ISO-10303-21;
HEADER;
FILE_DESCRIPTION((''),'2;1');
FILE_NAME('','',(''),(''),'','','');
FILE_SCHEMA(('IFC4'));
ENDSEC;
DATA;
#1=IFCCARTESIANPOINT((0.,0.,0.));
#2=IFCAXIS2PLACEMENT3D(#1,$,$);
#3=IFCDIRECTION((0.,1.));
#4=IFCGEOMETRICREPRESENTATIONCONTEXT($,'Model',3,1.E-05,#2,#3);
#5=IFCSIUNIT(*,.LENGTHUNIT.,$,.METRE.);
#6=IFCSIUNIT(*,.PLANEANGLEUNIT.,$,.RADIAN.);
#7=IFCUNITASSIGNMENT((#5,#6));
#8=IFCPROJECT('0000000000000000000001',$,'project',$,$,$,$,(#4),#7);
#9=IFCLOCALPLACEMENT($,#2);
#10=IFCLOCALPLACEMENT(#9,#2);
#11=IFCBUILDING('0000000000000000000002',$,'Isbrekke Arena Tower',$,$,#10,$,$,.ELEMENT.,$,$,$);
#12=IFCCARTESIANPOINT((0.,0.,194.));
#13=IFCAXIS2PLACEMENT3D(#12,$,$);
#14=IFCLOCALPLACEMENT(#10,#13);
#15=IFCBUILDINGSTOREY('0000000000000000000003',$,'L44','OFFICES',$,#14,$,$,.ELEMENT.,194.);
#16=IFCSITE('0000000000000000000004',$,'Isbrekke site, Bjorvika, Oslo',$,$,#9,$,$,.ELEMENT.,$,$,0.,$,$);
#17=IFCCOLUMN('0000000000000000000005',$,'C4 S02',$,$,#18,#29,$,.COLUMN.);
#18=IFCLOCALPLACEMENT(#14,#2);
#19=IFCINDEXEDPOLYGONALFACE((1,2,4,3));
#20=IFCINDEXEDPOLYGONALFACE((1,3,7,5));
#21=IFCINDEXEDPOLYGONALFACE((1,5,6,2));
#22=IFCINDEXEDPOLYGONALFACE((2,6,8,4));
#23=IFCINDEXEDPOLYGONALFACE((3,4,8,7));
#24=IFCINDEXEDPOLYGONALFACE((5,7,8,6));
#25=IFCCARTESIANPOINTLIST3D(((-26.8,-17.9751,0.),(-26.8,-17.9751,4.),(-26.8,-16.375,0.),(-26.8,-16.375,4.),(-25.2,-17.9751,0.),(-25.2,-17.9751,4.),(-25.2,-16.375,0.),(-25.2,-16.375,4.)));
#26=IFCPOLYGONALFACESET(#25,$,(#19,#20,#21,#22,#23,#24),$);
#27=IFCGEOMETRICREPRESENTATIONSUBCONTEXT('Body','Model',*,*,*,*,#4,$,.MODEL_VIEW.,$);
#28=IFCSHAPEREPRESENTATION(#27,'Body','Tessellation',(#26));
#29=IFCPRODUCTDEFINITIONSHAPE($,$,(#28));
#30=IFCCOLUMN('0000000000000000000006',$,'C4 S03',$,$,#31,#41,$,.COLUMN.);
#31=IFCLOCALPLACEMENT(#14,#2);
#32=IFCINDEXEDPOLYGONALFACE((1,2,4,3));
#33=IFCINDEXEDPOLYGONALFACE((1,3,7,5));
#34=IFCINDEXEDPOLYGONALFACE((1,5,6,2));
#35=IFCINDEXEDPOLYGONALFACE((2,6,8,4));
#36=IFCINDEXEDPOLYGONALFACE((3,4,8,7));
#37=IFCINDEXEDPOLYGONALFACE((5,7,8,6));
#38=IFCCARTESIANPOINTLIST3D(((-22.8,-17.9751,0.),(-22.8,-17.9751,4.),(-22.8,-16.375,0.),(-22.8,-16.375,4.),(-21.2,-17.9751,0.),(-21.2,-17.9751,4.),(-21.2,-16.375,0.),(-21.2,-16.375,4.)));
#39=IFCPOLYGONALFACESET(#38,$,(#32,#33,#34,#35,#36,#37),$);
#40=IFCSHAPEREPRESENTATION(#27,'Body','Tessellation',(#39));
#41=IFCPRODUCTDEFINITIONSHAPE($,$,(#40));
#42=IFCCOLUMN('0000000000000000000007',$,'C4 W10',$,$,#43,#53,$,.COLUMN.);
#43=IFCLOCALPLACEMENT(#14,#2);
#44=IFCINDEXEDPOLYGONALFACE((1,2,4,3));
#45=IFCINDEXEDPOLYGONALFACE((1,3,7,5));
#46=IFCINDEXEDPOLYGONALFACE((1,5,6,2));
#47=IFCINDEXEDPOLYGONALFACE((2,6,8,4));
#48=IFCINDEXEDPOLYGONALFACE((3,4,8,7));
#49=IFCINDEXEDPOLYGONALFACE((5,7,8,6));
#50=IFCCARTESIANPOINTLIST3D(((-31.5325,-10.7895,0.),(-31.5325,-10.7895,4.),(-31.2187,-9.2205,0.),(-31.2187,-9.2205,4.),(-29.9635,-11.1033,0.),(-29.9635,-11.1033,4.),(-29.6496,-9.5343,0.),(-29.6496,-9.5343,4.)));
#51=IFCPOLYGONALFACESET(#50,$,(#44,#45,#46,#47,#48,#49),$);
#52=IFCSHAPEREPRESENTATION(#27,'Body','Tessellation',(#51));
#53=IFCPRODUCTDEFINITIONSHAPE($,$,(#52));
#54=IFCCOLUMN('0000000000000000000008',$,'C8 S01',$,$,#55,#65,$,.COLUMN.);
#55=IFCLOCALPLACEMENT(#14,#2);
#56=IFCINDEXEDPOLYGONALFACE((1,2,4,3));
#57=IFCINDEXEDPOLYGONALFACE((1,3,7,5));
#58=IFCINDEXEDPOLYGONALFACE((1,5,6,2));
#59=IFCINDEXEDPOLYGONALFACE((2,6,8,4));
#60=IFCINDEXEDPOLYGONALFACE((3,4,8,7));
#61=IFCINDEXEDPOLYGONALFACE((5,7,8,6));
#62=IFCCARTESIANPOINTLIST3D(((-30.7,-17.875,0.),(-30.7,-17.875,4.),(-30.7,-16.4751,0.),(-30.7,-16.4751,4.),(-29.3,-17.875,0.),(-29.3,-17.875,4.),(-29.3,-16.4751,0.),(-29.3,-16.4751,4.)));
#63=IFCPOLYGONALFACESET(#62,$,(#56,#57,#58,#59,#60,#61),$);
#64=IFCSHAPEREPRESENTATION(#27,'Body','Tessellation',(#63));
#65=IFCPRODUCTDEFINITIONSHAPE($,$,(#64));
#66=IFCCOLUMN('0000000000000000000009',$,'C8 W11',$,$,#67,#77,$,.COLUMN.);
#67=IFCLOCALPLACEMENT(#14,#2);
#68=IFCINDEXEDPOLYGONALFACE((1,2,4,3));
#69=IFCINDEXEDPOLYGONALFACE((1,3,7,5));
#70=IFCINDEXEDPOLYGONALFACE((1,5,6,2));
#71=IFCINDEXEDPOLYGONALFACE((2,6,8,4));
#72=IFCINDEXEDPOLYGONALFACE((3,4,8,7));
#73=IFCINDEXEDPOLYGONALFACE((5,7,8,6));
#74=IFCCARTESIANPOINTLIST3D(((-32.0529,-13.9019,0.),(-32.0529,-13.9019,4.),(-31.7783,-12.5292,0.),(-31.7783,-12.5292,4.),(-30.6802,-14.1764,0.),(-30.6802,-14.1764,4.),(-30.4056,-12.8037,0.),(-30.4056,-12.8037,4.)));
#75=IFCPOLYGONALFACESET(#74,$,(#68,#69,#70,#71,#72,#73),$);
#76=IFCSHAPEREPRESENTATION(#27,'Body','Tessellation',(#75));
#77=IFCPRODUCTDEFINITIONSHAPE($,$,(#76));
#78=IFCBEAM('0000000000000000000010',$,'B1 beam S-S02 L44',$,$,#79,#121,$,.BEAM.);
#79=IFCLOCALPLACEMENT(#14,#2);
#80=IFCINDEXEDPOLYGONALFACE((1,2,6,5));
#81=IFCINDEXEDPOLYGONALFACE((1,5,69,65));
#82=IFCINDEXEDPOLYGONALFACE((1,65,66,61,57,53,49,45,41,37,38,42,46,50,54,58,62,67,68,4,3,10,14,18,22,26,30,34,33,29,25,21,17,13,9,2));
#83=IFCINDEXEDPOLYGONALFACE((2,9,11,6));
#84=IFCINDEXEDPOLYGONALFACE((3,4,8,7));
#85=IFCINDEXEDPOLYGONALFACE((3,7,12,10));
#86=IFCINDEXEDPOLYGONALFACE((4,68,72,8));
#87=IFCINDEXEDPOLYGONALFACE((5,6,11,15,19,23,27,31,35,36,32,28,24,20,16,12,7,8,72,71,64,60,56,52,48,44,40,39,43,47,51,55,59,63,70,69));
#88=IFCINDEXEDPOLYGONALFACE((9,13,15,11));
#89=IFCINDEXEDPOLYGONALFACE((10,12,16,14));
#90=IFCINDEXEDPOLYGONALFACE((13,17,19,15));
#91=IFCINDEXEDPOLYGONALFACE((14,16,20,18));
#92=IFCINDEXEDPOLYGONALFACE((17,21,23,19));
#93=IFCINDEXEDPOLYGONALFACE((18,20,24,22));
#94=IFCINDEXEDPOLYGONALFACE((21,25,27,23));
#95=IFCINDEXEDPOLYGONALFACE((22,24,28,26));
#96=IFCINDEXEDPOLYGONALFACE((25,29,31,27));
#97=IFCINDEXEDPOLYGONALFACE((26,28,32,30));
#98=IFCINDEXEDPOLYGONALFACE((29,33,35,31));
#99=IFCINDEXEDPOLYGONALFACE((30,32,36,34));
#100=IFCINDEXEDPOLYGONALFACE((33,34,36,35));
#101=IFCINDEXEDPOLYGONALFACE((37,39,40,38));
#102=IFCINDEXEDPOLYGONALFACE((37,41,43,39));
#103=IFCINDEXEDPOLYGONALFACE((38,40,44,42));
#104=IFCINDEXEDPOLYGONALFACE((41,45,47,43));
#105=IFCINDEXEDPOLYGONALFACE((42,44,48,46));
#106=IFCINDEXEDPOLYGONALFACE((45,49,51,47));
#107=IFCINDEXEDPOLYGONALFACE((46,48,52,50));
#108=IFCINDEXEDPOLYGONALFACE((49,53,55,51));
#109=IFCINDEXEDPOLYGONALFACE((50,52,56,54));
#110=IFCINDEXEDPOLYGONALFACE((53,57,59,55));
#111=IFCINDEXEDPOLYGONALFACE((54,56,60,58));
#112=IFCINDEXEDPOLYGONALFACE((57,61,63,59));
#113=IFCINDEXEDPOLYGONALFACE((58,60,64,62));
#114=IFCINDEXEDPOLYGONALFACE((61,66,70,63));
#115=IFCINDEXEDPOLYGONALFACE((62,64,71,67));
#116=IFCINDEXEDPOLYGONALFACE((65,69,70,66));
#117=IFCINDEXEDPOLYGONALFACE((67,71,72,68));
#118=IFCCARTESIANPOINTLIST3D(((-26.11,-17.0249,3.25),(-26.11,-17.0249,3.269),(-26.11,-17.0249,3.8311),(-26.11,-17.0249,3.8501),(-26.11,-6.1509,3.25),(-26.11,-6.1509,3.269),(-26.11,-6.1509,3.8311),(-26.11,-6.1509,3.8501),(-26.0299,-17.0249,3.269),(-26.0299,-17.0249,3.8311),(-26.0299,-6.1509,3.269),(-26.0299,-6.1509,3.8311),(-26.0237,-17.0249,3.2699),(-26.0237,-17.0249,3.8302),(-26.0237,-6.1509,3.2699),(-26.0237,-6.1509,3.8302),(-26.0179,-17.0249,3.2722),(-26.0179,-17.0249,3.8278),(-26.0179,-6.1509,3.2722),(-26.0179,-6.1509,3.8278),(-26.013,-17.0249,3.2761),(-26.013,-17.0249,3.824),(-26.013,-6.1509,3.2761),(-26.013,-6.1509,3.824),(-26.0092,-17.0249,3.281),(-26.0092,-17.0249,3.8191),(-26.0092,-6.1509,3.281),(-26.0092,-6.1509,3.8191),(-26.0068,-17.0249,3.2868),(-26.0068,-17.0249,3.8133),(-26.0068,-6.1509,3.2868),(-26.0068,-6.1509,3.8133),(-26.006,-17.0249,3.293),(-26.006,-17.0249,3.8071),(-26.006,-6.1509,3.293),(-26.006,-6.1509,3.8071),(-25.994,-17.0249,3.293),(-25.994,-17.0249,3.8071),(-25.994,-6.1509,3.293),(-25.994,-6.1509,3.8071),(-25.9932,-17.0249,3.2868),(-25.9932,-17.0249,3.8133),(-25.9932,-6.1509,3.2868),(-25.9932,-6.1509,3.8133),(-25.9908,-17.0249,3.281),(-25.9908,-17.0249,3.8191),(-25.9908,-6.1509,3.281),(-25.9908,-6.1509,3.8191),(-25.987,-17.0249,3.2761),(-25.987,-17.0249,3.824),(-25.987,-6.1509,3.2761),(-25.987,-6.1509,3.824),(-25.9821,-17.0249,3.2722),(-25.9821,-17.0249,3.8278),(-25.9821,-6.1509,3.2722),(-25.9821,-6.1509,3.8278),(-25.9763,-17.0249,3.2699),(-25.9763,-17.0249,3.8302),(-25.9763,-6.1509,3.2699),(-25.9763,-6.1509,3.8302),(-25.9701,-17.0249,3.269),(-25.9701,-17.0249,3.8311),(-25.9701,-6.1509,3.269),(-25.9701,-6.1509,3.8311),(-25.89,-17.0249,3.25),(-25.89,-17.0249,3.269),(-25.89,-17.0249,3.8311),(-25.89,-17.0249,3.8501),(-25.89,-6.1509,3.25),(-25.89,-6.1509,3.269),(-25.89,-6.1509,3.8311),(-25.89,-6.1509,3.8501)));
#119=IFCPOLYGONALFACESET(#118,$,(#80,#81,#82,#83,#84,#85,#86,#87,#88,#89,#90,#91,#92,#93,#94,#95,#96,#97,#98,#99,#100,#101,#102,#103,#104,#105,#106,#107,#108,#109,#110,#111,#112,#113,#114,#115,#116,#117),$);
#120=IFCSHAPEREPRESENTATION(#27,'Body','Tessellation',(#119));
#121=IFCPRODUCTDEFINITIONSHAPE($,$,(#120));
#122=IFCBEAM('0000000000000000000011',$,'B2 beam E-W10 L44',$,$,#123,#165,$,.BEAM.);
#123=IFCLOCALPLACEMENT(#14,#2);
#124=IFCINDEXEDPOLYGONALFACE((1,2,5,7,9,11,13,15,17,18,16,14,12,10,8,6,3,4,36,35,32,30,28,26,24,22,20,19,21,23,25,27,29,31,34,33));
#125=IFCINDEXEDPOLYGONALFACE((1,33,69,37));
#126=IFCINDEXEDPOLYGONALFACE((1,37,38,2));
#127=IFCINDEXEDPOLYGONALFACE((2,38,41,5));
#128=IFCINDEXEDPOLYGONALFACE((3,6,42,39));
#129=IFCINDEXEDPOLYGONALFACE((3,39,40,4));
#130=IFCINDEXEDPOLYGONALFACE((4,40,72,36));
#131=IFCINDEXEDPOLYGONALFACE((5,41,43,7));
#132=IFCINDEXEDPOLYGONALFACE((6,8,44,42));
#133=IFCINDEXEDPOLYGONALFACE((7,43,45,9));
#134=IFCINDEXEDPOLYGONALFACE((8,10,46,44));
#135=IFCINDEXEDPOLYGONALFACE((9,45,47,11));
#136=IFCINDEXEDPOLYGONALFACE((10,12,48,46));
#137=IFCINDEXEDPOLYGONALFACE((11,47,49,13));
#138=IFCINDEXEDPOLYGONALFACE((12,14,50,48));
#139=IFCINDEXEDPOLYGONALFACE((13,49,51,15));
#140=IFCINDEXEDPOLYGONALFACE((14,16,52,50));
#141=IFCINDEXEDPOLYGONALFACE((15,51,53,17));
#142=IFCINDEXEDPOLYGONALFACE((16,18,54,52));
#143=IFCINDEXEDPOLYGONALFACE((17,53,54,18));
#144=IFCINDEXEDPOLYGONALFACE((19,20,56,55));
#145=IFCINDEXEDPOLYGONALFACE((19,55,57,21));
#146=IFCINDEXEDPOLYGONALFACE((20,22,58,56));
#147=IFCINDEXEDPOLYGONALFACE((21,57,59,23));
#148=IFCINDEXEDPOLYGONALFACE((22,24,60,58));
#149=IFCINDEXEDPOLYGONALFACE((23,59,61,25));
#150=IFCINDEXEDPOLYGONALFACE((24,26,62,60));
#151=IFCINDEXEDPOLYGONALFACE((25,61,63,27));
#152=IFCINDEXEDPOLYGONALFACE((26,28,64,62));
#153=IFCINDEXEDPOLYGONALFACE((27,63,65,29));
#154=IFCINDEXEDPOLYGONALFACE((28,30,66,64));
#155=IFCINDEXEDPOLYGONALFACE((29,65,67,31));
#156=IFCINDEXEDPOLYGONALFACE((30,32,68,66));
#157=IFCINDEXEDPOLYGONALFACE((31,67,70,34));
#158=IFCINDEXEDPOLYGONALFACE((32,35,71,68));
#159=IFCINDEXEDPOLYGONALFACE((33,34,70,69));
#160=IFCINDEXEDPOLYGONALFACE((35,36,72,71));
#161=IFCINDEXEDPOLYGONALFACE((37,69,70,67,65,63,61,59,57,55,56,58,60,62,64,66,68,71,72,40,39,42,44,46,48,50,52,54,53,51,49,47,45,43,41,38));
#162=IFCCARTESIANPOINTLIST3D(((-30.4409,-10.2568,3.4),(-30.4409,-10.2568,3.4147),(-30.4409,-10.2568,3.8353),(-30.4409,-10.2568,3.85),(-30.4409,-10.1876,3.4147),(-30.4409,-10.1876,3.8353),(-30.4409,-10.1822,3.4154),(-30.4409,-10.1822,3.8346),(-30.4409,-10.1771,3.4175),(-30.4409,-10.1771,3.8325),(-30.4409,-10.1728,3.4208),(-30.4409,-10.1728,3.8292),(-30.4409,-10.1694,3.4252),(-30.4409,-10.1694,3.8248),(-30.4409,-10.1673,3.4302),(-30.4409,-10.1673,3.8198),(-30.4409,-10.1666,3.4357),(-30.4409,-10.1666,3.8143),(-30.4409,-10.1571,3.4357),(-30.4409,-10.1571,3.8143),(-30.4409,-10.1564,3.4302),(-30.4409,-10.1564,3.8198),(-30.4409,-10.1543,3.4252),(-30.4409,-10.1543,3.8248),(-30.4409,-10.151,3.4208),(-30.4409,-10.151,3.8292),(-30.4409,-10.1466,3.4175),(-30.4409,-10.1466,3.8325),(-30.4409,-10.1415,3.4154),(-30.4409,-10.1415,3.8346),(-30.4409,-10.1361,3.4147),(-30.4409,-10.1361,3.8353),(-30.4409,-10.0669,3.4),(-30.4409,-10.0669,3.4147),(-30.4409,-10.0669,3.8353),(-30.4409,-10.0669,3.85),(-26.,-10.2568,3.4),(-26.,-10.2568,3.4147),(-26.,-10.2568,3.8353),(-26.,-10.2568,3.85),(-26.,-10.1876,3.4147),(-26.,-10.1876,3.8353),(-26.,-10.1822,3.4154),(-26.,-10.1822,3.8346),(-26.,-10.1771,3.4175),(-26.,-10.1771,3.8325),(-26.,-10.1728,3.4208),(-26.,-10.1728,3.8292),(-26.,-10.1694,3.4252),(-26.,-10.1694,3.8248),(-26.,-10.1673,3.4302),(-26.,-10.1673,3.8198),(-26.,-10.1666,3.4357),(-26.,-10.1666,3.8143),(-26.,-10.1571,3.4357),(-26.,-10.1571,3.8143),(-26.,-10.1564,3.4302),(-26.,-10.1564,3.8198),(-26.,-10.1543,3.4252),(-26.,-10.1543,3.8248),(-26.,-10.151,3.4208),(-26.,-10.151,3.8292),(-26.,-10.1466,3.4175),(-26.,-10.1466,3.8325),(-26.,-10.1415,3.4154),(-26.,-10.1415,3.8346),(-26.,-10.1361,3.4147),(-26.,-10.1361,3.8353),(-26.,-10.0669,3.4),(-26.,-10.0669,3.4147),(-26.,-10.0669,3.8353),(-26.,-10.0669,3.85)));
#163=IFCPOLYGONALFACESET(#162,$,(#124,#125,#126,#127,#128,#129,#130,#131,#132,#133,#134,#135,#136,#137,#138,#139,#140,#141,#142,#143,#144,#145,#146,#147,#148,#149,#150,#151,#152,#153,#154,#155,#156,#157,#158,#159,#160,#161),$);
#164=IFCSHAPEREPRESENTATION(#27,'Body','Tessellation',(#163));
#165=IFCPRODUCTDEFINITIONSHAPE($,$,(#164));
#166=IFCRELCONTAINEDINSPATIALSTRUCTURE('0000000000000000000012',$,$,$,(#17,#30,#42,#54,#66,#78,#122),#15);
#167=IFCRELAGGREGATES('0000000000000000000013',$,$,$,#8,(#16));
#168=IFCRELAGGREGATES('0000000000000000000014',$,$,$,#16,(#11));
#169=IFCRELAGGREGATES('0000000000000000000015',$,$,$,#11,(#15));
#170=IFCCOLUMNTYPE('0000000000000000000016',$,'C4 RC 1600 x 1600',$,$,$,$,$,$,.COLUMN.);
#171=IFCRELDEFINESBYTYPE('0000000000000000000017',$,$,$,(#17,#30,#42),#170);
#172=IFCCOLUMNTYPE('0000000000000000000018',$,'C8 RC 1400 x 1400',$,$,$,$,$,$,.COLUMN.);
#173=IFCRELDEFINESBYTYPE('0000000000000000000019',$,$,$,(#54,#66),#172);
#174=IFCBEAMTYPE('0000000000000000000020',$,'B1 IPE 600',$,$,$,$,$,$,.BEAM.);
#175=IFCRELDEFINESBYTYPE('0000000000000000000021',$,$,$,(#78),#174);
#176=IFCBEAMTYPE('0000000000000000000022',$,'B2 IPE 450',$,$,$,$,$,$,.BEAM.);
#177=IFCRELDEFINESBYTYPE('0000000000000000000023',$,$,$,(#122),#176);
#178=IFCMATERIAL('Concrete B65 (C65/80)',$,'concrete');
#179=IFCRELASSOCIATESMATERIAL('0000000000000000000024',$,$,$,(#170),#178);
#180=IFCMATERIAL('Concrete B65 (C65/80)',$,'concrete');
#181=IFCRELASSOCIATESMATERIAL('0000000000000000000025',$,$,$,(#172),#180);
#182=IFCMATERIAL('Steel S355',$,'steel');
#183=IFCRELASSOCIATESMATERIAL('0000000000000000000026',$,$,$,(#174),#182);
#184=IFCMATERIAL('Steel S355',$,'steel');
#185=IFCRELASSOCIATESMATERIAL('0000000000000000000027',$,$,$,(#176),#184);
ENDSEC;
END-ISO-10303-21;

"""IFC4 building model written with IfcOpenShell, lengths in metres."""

from ifc_helpers import new_model, si_unit, direction, frame, origin, origin_2d, place, context, subcontext, project, spatial, rectangle, i_section, extrude, material, material_profile, profile_set, type_object, element, save


model = new_model("IFC4")

# Units and contexts
model_context = context("Model", 3, precision=1e-05, world=origin(), true_north=direction((0.0, 1.0)))
body_context = subcontext(model_context, "Body", "Model", "MODEL_VIEW")
ifc_project = project(units=[si_unit("LENGTHUNIT", "METRE"), si_unit("PLANEANGLEUNIT", "RADIAN")], contexts=[model_context])

# Site, building, storey
site_placement = place(None, origin())
site = spatial("IfcSite", under=ifc_project, at=site_placement, Name="Isbrekke site, Bjorvika, Oslo", CompositionType="ELEMENT", RefElevation=0.0)
building_placement = place(site_placement, origin())
building = spatial("IfcBuilding", under=site, at=building_placement, Name="Isbrekke Arena Tower", CompositionType="ELEMENT")
storey_placement = place(building_placement, frame((0.0, 0.0, 194.0)))
storey = spatial("IfcBuildingStorey", under=building, at=storey_placement, Name="L44", Description="OFFICES", CompositionType="ELEMENT", Elevation=194.0)

# Columns
ifc_material_1 = material(Name="Concrete B65 (C65/80)", Category="concrete")
ifc_material_profile_1 = material_profile(ifc_material_1, rectangle(XDim=1.6001, YDim=1.6001, at=origin_2d()), Name="RC 1600x1600")
ifc_profile_set_1 = profile_set([ifc_material_profile_1], Name="Concrete B65 (C65/80)")
column_type_1 = type_object("IfcColumnType", Name="C4 RC 1600 x 1600", PredefinedType="COLUMN", material=ifc_profile_set_1)
for number, where, z_axis, x_axis, name in (
    (1, (-26.0, -17.175, 0.0), (0.0, 0.0, 1.0), (1.0, 0.0, 0.0), "C4 S02"),
    (2, (-22.0, -17.175, 0.0), (0.0, 0.0, 1.0), (1.0, 0.0, 0.0), "C4 S03"),
    (3, (-30.5911, -10.1619, 0.0), (0.0, 0.0, 1.0), (-0.196116, -0.980581, 0.0), "C4 W10"),
):
    element("IfcColumn", number, at=place(storey_placement, frame(where, z_axis=z_axis, x_axis=x_axis)), inside=storey, type_object=column_type_1, Name=name, PredefinedType="COLUMN", context=body_context, shape_type="SweptSolid", body=[
        extrude(rectangle(XDim=1.6001, YDim=1.6001, at=origin_2d()), origin(), (0.0, 0.0, 1.0), 4.0),
    ])
ifc_material_2 = material(Name="Concrete B65 (C65/80)", Category="concrete")
ifc_material_profile_2 = material_profile(ifc_material_2, rectangle(XDim=1.3999, YDim=1.3999, at=origin_2d()), Name="RC 1400x1400")
ifc_profile_set_2 = profile_set([ifc_material_profile_2], Name="Concrete B65 (C65/80)")
column_type_2 = type_object("IfcColumnType", Name="C8 RC 1400 x 1400", PredefinedType="COLUMN", material=ifc_profile_set_2)
for number, where, z_axis, x_axis, name in (
    (4, (-30.0, -17.175, 0.0), (0.0, 0.0, 1.0), (1.0, 0.0, 0.0), "C8 S01"),
    (5, (-31.2292, -13.3528, 0.0), (0.0, 0.0, 1.0), (-0.196116, -0.980581, 0.0), "C8 W11"),
):
    element("IfcColumn", number, at=place(storey_placement, frame(where, z_axis=z_axis, x_axis=x_axis)), inside=storey, type_object=column_type_2, Name=name, PredefinedType="COLUMN", context=body_context, shape_type="SweptSolid", body=[
        extrude(rectangle(XDim=1.3999, YDim=1.3999, at=origin_2d()), origin(), (0.0, 0.0, 1.0), 4.0),
    ])

# Beams
ifc_material_3 = material(Name="Steel S355", Category="steel")
ifc_material_profile_3 = material_profile(ifc_material_3, i_section(OverallWidth=0.22, OverallDepth=0.6001, WebThickness=0.012, FlangeThickness=0.019, FilletRadius=0.0239, at=origin_2d()), Name="IPE 600")
ifc_profile_set_3 = profile_set([ifc_material_profile_3], Name="Steel S355")
beam_type_1 = type_object("IfcBeamType", Name="B1 IPE 600", PredefinedType="BEAM", material=ifc_profile_set_3)
beam_1_placement = place(storey_placement, frame((-26.0, -17.0249, 3.55), z_axis=(0.0, 1.0, 0.0), x_axis=(-1.0, 0.0, 0.0)))
element("IfcBeam", 6, at=beam_1_placement, inside=storey, type_object=beam_type_1, Name="B1 beam S-S02 L44", PredefinedType="BEAM", context=body_context, shape_type="SweptSolid", body=[
    extrude(i_section(OverallWidth=0.22, OverallDepth=0.6001, WebThickness=0.012, FlangeThickness=0.019, FilletRadius=0.0239, at=origin_2d()), origin(), (0.0, 0.0, 1.0), 10.874),
])
ifc_material_4 = material(Name="Steel S355", Category="steel")
ifc_material_profile_4 = material_profile(ifc_material_4, i_section(OverallWidth=0.1899, OverallDepth=0.45, WebThickness=0.0095, FlangeThickness=0.0146, FilletRadius=0.021, at=origin_2d()), Name="IPE 450")
ifc_profile_set_4 = profile_set([ifc_material_profile_4], Name="Steel S355")
beam_type_2 = type_object("IfcBeamType", Name="B2 IPE 450", PredefinedType="BEAM", material=ifc_profile_set_4)
beam_2_placement = place(storey_placement, frame((-30.4409, -10.1619, 3.625), z_axis=(1.0, 0.0, 0.0), x_axis=(0.0, 1.0, 0.0)))
element("IfcBeam", 7, at=beam_2_placement, inside=storey, type_object=beam_type_2, Name="B2 beam E-W10 L44", PredefinedType="BEAM", context=body_context, shape_type="SweptSolid", body=[
    extrude(i_section(OverallWidth=0.1899, OverallDepth=0.45, WebThickness=0.0095, FlangeThickness=0.0146, FilletRadius=0.021, at=origin_2d()), origin(), (0.0, 0.0, 1.0), 4.4409),
])

save(model, "model.ifc")
